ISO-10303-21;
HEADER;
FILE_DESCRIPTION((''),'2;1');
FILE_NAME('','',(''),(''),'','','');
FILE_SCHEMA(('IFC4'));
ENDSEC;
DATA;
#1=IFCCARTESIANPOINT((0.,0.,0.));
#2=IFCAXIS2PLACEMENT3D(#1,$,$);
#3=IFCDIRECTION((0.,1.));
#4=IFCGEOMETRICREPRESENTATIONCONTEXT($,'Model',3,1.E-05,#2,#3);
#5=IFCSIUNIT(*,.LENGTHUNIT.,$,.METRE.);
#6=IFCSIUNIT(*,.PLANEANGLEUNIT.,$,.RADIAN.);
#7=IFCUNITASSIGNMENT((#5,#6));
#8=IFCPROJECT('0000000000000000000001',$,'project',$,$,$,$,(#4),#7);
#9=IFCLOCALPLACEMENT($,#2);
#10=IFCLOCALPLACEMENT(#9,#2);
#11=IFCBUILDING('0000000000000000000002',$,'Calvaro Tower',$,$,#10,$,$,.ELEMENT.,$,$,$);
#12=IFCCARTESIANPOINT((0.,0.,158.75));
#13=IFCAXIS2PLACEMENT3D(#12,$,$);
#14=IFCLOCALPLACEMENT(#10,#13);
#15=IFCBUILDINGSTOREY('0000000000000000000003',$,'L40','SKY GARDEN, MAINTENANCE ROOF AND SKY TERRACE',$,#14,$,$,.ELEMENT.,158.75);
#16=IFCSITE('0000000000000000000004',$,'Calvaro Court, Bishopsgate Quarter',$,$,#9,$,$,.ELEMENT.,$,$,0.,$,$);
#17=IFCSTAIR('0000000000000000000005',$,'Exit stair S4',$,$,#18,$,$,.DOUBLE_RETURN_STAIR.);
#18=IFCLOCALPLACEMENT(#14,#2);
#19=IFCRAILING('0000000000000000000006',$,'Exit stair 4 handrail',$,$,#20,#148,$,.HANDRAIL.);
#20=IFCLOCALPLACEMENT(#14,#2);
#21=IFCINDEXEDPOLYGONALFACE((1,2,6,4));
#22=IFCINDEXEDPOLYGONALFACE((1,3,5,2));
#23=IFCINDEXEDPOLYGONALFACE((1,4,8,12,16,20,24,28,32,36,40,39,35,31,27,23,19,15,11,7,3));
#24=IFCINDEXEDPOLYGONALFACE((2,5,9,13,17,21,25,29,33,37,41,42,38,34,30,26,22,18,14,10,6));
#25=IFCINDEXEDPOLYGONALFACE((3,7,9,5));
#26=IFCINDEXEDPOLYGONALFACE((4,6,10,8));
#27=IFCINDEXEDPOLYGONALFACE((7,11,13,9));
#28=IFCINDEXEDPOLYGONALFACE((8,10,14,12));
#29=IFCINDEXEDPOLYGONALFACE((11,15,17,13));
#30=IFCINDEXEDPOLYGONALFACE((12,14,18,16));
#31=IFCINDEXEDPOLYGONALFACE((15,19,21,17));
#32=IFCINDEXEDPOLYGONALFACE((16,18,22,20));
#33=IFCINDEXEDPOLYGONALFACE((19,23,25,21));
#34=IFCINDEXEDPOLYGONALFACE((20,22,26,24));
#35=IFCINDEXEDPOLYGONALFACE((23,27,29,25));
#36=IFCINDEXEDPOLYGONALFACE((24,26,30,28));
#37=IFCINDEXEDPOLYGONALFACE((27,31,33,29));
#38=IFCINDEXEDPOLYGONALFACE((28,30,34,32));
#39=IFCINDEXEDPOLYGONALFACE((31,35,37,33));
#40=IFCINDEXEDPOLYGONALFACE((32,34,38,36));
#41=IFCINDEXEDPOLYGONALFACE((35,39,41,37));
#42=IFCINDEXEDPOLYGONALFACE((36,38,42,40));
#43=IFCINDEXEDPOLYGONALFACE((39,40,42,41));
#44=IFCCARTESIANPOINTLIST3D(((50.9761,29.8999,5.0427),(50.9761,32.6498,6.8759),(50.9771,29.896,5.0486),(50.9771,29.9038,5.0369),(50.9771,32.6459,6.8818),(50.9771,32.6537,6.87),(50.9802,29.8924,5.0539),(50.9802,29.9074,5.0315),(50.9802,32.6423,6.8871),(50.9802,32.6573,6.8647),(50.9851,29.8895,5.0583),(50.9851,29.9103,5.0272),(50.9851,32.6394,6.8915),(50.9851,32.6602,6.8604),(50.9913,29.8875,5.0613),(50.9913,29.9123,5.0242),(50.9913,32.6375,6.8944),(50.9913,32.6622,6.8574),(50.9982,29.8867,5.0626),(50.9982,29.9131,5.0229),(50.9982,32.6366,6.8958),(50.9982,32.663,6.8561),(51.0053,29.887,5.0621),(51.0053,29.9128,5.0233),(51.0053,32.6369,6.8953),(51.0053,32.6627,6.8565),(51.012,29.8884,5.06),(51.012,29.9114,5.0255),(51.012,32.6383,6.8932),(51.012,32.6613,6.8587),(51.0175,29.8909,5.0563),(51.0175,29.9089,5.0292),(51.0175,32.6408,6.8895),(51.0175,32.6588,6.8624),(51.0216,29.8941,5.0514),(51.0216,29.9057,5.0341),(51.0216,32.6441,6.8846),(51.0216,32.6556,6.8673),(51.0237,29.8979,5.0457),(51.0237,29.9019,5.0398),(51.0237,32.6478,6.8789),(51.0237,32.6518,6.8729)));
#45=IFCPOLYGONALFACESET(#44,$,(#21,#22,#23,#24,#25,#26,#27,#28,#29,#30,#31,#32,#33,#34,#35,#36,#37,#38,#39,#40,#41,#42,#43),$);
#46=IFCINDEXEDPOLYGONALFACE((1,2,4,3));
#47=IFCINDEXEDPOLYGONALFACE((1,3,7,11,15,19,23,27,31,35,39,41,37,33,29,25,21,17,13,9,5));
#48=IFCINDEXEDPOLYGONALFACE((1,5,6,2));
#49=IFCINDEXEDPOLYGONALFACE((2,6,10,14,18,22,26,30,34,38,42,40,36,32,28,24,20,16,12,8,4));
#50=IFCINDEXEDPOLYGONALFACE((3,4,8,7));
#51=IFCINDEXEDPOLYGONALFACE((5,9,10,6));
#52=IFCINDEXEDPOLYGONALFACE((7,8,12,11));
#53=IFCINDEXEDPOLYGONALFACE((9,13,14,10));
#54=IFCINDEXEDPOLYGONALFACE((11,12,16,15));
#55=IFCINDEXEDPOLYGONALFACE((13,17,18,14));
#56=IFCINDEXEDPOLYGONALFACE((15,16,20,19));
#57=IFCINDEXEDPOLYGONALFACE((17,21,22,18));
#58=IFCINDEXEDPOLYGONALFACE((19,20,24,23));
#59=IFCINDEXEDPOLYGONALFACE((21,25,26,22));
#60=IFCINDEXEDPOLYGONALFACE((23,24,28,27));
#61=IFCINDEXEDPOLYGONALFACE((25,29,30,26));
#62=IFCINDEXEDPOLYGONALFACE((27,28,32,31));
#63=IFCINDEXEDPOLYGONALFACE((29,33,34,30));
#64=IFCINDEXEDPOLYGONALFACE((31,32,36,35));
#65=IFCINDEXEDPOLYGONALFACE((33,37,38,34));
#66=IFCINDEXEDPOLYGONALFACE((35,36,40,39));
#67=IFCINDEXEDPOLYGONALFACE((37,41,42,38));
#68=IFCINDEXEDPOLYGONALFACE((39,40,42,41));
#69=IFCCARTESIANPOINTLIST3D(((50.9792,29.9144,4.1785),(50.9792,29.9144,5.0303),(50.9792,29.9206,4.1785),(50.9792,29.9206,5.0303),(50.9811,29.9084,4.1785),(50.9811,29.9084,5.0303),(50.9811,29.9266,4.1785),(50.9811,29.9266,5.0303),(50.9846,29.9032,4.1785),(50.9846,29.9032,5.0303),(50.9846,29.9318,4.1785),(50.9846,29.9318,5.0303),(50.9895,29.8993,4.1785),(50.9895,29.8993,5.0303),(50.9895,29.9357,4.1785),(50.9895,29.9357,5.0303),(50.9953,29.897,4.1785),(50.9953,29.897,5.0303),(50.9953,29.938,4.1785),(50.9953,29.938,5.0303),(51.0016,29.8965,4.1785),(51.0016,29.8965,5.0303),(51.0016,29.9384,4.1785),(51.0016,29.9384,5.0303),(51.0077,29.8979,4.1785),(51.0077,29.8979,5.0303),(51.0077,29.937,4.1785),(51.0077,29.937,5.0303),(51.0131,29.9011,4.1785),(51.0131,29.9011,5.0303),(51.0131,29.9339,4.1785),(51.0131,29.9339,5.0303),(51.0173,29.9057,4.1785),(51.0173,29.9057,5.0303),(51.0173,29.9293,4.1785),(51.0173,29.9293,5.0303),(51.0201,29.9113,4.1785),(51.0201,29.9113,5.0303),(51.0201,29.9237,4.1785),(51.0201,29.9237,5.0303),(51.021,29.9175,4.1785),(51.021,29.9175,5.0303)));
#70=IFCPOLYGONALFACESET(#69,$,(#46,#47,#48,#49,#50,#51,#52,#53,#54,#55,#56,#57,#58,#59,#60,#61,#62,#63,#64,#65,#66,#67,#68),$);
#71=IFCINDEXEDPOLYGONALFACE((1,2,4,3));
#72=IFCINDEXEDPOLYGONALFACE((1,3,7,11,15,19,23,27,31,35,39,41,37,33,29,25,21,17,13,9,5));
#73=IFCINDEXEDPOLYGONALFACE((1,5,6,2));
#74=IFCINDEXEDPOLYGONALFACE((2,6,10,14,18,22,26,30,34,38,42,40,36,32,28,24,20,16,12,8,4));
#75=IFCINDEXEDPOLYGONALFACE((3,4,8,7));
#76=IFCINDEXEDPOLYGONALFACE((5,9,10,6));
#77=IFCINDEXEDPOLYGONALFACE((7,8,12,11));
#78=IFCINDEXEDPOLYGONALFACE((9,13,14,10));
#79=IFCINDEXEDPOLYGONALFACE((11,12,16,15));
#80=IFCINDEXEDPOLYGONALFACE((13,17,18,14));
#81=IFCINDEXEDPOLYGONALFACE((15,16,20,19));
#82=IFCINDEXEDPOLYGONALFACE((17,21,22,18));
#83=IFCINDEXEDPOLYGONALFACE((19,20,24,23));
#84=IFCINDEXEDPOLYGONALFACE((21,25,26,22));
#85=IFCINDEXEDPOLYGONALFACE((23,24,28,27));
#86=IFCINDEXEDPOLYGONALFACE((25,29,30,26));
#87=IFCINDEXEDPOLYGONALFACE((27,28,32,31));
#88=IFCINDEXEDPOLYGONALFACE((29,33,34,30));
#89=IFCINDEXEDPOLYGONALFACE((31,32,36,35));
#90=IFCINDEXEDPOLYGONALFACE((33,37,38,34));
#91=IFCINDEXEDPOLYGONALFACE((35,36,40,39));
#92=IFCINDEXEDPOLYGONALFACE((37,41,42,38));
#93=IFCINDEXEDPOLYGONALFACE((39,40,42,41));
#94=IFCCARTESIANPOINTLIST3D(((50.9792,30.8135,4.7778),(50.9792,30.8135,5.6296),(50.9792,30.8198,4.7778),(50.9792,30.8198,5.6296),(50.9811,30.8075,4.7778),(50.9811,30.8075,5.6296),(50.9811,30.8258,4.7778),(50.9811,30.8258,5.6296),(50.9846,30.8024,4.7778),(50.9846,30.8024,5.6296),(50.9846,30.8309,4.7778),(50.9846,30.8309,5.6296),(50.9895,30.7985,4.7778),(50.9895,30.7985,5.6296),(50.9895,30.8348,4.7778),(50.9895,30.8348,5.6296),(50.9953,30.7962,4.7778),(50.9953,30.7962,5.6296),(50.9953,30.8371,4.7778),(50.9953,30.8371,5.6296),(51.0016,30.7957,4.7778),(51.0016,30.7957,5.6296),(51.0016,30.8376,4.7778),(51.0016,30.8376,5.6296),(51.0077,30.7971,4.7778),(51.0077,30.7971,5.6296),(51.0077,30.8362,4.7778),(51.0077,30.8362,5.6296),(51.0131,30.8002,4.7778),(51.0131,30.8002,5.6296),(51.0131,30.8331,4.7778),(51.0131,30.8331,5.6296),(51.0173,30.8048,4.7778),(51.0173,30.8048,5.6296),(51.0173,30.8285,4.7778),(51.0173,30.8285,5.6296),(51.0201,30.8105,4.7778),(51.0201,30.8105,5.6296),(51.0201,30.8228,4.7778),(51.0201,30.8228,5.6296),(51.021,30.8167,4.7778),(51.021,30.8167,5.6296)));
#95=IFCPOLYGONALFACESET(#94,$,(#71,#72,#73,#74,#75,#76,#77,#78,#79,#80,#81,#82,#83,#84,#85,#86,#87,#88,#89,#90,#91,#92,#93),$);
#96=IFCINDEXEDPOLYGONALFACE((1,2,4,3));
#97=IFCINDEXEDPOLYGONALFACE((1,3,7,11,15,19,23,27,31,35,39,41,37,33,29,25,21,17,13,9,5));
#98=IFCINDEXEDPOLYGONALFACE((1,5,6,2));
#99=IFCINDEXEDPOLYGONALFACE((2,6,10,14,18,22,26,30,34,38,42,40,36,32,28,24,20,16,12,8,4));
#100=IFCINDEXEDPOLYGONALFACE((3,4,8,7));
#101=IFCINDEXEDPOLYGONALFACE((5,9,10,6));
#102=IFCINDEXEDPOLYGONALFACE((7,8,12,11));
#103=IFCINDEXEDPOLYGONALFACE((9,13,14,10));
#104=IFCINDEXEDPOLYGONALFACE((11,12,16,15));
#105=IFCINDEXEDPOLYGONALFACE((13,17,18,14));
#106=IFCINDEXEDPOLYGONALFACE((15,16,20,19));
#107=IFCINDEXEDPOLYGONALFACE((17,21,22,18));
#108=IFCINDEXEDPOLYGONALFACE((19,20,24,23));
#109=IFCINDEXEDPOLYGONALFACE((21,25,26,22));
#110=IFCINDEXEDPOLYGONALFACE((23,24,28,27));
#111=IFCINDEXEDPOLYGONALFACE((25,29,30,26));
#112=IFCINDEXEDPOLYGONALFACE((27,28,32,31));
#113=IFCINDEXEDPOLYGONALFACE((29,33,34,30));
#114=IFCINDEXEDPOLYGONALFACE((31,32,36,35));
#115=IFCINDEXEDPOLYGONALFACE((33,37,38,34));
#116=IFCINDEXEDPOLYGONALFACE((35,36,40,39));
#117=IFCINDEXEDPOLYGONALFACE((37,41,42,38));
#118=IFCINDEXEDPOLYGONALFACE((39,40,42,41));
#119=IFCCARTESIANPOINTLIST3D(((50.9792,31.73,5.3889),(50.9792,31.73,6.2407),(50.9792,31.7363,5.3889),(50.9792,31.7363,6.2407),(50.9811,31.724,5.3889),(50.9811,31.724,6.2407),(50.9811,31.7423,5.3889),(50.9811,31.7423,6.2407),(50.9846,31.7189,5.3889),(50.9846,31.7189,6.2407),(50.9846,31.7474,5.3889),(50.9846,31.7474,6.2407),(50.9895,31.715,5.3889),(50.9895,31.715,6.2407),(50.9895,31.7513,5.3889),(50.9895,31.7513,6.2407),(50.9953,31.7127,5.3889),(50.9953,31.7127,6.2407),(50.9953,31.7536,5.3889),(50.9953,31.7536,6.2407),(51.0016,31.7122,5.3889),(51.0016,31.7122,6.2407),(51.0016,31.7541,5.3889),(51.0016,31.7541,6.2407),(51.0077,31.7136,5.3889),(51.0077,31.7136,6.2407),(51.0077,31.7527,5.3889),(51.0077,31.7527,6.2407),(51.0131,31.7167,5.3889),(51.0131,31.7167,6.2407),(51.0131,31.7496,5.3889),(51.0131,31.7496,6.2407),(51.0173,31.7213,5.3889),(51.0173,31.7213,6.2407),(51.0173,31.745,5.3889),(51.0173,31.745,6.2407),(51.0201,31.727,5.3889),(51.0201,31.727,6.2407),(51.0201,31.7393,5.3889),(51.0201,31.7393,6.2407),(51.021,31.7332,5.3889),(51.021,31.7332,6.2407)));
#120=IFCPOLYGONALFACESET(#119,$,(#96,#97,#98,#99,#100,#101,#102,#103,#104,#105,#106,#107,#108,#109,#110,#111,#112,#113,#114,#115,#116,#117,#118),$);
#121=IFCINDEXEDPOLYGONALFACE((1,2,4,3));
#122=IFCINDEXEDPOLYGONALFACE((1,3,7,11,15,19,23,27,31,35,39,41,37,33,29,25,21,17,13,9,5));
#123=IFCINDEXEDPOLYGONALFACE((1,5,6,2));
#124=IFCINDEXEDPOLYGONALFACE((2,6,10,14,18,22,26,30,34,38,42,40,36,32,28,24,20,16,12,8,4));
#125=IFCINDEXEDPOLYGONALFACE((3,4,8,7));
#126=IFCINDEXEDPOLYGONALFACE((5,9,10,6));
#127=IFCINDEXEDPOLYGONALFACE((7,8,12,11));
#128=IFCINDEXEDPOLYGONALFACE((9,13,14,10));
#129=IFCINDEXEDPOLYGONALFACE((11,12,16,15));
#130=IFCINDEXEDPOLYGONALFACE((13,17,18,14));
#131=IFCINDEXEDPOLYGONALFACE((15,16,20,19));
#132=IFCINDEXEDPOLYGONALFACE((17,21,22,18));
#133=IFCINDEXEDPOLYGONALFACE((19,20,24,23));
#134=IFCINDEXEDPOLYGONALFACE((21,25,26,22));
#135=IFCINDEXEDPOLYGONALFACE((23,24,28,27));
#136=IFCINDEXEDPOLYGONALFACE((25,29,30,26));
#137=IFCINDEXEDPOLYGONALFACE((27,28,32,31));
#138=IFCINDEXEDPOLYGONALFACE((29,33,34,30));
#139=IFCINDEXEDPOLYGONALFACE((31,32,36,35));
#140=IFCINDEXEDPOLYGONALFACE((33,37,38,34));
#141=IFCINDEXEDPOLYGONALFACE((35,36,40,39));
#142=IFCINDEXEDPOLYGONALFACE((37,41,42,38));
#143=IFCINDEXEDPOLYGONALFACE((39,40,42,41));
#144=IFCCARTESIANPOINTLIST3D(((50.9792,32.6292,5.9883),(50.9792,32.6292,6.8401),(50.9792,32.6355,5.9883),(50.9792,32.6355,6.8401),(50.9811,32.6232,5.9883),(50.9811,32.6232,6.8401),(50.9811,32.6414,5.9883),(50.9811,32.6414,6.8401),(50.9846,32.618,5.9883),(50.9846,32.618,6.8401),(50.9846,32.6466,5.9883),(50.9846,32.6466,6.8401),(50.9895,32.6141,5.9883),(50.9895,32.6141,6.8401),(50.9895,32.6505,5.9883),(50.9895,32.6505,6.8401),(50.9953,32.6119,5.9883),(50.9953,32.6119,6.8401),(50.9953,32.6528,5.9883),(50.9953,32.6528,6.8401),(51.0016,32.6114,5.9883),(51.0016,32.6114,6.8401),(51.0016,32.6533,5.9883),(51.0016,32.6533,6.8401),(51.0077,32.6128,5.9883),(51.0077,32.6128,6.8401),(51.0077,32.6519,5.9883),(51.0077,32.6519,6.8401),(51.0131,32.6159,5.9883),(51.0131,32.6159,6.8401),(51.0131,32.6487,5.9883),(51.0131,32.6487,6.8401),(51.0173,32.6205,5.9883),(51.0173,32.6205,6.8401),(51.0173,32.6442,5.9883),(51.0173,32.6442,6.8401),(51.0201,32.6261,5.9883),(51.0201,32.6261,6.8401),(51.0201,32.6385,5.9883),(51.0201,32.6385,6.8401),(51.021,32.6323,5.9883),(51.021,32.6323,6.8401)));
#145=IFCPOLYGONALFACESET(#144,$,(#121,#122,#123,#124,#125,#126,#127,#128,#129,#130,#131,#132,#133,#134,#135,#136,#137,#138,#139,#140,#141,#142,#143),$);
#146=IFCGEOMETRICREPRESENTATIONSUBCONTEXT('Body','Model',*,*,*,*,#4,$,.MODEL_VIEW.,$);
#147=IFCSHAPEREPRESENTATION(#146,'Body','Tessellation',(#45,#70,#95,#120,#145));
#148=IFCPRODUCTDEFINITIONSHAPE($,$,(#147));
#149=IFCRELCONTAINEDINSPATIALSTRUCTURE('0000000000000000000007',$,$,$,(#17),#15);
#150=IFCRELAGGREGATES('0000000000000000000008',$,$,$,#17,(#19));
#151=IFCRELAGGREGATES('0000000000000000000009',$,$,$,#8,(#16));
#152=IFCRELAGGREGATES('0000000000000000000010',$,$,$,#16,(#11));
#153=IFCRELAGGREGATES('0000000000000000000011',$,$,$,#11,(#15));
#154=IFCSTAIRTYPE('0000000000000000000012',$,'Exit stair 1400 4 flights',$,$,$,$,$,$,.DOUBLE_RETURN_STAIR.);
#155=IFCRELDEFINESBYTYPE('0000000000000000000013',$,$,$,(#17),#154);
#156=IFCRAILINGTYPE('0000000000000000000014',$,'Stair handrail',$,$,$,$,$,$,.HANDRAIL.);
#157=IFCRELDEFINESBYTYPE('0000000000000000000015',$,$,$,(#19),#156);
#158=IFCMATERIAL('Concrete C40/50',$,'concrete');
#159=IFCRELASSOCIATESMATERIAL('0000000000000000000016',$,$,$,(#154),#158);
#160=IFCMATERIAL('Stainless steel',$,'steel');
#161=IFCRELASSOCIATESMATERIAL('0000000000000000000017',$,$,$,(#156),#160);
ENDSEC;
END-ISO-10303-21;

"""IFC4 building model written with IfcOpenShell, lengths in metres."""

from ifc_helpers import new_model, si_unit, direction, frame, origin, origin_2d, place, context, subcontext, project, spatial, circle, extrude, material, type_object, element, aggregate, save


model = new_model("IFC4")

# Units and contexts
model_context = context("Model", 3, precision=1e-05, world=origin(), true_north=direction((0.0, 1.0)))
body_context = subcontext(model_context, "Body", "Model", "MODEL_VIEW")
ifc_project = project(units=[si_unit("LENGTHUNIT", "METRE"), si_unit("PLANEANGLEUNIT", "RADIAN")], contexts=[model_context])

# Site, building, storey
site_placement = place(None, origin())
site = spatial("IfcSite", under=ifc_project, at=site_placement, Name="Calvaro Court, Bishopsgate Quarter", CompositionType="ELEMENT", RefElevation=0.0)
building_placement = place(site_placement, origin())
building = spatial("IfcBuilding", under=site, at=building_placement, Name="Calvaro Tower", CompositionType="ELEMENT")
storey_placement = place(building_placement, frame((0.0, 0.0, 158.75)))
storey = spatial("IfcBuildingStorey", under=building, at=storey_placement, Name="L40", Description="SKY GARDEN, MAINTENANCE ROOF AND SKY TERRACE", CompositionType="ELEMENT", Elevation=158.75)

# Stair, railing
ifc_material_1 = material(Name="Concrete C40/50", Category="concrete")
stair_type = type_object("IfcStairType", Name="Exit stair 1400 4 flights", PredefinedType="DOUBLE_RETURN_STAIR", material=ifc_material_1)
stair_placement = place(storey_placement, origin())
stair = element("IfcStair", 1, at=stair_placement, inside=storey, type_object=stair_type, Name="Exit stair S4", PredefinedType="DOUBLE_RETURN_STAIR")
ifc_material_2 = material(Name="Stainless steel", Category="steel")
railing_type = type_object("IfcRailingType", Name="Stair handrail", PredefinedType="HANDRAIL", material=ifc_material_2)
railing_1_placement = place(storey_placement, frame((51.0, 29.8999, 4.1667)))
railing_1 = element("IfcRailing", 2, at=railing_1_placement, type_object=railing_type, Name="Exit stair 4 handrail", PredefinedType="HANDRAIL", context=body_context, shape_type="SweptSolid", body=[
    extrude(circle(Radius=0.0239, at=origin_2d()), frame((0.0, 0.0, 0.876), z_axis=(0.0, 0.832062, 0.554683), x_axis=(-1.0, 0.0, 0.0)), (0.0, 0.0, 1.0), 3.3049),
    extrude(circle(Radius=0.021, at=origin_2d()), frame((0.0, 0.0176, 0.0117)), (0.0, 0.0, 1.0), 0.8518),
    extrude(circle(Radius=0.021, at=origin_2d()), frame((0.0, 0.9167, 0.6111)), (0.0, 0.0, 1.0), 0.8518),
    extrude(circle(Radius=0.021, at=origin_2d()), frame((0.0, 1.8333, 1.2222)), (0.0, 0.0, 1.0), 0.8518),
    extrude(circle(Radius=0.021, at=origin_2d()), frame((0.0, 2.7324, 1.8215)), (0.0, 0.0, 1.0), 0.8518),
])
aggregate(stair, [railing_1])

save(model, "model.ifc")
